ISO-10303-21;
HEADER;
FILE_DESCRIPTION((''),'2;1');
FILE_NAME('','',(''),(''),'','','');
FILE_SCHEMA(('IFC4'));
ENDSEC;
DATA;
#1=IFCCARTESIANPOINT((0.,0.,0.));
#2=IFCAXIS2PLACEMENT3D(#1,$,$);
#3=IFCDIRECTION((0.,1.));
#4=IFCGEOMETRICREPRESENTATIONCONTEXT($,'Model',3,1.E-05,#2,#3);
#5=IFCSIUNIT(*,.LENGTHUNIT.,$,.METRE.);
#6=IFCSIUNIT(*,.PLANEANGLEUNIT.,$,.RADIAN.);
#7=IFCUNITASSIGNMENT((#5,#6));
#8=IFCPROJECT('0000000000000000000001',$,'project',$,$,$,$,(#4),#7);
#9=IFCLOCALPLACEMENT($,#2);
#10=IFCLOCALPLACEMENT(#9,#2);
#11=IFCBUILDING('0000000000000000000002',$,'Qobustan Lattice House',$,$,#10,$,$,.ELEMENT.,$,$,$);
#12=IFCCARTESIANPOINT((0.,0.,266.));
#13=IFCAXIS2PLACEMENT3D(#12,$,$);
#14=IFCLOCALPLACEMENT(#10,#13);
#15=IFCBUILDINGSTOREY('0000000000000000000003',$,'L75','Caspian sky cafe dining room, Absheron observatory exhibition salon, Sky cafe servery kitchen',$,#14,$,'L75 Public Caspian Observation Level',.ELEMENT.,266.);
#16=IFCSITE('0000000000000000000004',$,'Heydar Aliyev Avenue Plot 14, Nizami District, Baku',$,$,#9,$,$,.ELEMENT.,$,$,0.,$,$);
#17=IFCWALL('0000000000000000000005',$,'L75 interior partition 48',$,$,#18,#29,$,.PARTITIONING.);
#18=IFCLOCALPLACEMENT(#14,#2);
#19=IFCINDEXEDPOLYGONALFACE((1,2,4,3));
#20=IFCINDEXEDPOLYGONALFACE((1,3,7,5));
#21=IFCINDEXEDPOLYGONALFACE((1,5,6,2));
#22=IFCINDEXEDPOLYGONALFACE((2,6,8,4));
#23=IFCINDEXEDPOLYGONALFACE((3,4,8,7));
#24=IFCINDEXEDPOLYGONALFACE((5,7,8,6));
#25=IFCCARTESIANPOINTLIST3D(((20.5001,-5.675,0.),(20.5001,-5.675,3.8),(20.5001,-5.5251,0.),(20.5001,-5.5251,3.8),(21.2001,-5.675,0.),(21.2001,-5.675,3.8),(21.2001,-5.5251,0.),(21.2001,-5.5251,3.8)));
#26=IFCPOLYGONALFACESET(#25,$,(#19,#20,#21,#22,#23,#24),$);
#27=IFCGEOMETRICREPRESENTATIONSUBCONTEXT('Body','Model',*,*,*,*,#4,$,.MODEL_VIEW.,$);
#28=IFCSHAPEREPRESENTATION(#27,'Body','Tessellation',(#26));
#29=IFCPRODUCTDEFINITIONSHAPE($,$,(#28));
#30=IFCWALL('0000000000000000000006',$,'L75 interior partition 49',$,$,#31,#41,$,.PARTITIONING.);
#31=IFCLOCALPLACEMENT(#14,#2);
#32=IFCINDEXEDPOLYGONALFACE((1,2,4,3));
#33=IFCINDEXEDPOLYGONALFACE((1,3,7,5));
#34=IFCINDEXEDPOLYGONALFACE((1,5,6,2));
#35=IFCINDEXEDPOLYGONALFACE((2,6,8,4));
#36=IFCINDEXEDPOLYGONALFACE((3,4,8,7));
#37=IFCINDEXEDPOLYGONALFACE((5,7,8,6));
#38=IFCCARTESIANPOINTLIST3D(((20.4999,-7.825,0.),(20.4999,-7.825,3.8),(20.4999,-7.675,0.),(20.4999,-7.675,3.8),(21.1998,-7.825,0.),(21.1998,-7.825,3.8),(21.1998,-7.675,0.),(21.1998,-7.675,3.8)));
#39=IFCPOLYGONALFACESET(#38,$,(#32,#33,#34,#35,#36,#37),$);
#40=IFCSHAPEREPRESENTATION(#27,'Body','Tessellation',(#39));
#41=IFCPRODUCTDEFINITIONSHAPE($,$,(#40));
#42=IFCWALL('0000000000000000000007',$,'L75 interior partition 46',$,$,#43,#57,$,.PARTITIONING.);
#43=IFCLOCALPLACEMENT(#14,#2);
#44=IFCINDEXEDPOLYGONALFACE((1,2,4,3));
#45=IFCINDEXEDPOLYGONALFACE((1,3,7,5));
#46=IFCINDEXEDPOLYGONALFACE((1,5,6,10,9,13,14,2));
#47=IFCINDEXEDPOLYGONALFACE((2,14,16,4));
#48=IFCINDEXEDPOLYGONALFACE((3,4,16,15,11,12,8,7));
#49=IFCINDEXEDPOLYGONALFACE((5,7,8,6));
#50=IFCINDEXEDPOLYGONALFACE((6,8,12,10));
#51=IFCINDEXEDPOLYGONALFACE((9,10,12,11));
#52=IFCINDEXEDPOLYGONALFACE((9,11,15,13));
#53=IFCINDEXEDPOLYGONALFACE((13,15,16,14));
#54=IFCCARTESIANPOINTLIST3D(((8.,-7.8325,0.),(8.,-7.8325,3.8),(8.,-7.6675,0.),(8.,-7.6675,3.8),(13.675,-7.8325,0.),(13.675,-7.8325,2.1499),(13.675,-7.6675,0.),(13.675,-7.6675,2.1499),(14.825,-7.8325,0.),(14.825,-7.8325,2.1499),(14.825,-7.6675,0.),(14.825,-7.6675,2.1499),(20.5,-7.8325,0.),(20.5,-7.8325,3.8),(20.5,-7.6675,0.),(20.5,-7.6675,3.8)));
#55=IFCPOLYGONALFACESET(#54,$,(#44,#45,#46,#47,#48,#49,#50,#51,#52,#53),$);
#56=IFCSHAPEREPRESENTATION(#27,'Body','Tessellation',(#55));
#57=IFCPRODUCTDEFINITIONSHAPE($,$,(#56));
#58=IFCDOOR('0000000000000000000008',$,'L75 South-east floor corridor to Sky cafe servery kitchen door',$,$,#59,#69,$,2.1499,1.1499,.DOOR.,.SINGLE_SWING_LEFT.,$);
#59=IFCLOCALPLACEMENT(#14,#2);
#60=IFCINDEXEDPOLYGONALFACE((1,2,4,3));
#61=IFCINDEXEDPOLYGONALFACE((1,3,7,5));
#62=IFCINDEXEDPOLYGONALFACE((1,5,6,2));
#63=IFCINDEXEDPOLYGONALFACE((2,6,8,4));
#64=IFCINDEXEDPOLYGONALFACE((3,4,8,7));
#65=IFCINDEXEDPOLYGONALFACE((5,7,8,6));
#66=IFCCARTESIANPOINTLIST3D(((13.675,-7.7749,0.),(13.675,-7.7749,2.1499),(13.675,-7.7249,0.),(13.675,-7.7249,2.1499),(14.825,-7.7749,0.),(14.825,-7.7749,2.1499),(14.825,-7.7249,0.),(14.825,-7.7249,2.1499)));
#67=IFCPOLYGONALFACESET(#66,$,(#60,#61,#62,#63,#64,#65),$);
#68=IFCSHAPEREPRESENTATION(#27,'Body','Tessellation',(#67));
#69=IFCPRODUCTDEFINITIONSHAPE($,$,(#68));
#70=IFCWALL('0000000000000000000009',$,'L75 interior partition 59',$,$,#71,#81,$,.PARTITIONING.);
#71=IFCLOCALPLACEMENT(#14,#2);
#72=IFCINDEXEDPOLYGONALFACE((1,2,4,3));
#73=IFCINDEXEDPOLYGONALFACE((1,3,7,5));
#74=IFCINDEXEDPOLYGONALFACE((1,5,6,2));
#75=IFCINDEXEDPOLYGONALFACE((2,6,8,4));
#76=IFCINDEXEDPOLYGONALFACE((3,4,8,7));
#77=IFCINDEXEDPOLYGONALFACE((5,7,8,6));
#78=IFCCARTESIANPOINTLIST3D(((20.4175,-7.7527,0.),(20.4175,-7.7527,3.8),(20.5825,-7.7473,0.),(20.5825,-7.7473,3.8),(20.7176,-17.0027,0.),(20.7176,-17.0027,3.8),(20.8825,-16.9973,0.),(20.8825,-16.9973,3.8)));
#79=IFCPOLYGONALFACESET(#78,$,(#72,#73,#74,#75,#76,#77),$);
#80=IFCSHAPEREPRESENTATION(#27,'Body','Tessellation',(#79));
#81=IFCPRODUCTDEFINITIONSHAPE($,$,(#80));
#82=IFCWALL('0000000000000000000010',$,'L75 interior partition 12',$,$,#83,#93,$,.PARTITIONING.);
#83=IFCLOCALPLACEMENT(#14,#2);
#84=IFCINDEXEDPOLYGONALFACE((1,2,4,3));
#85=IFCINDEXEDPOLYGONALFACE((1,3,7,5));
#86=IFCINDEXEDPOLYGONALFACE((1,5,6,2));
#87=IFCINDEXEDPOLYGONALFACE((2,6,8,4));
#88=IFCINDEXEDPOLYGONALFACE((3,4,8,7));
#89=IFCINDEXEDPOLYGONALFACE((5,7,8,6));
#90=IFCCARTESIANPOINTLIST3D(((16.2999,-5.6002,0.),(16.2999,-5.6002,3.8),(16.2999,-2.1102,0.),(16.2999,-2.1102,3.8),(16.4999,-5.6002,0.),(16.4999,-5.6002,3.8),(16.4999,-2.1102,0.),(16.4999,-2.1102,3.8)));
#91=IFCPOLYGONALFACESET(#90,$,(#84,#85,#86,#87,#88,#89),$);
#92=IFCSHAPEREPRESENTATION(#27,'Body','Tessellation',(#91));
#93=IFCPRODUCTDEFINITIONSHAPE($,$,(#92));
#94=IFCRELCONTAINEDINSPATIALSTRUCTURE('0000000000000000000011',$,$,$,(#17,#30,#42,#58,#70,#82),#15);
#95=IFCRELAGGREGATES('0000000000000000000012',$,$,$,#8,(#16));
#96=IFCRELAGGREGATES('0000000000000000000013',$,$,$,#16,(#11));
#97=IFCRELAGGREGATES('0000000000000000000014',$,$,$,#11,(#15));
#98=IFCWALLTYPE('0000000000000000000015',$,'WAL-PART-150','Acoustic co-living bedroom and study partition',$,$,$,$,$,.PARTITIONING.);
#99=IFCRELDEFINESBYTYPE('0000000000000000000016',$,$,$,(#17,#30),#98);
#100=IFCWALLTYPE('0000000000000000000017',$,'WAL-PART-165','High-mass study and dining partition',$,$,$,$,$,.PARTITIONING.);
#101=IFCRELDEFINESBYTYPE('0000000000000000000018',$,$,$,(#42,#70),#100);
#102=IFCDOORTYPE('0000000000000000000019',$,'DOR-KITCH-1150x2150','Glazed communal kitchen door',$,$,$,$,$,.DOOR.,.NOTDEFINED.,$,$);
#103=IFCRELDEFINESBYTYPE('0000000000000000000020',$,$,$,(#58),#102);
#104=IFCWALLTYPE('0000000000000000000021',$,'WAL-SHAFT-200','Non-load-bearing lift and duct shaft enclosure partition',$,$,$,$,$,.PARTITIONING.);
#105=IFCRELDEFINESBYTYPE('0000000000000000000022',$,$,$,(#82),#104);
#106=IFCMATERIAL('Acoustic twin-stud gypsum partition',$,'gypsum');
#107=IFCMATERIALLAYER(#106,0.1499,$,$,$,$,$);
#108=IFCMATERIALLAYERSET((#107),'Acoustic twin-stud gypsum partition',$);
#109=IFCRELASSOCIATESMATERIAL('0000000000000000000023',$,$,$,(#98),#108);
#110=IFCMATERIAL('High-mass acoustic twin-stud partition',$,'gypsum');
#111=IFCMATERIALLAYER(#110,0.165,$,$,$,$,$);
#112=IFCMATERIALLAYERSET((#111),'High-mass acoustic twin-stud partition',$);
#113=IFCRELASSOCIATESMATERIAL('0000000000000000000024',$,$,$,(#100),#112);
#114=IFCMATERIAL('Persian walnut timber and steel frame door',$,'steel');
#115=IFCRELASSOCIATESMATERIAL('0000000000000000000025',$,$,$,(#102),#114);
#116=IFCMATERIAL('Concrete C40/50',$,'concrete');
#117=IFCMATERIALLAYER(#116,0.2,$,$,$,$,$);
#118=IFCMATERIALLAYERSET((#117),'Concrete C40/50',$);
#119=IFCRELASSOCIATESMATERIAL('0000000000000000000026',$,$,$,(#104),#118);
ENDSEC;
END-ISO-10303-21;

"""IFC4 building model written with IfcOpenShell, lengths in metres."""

from ifc_helpers import new_model, si_unit, direction, frame, frame_2d, origin, place, context, subcontext, project, spatial, rectangle, extrude, material, layer, layer_set, type_object, element, fill, save


model = new_model("IFC4")

# Units and contexts
model_context = context("Model", 3, precision=1e-05, world=origin(), true_north=direction((0.0, 1.0)))
body_context = subcontext(model_context, "Body", "Model", "MODEL_VIEW")
ifc_project = project(units=[si_unit("LENGTHUNIT", "METRE"), si_unit("PLANEANGLEUNIT", "RADIAN")], contexts=[model_context])

# Site, building, storey
site_placement = place(None, origin())
site = spatial("IfcSite", under=ifc_project, at=site_placement, Name="Heydar Aliyev Avenue Plot 14, Nizami District, Baku", CompositionType="ELEMENT", RefElevation=0.0)
building_placement = place(site_placement, origin())
building = spatial("IfcBuilding", under=site, at=building_placement, Name="Qobustan Lattice House", CompositionType="ELEMENT")
storey_placement = place(building_placement, frame((0.0, 0.0, 266.0)))
storey = spatial("IfcBuildingStorey", under=building, at=storey_placement, Name="L75", Description="Caspian sky cafe dining room, Absheron observatory exhibition salon, Sky cafe servery kitchen", LongName="L75 Public Caspian Observation Level", CompositionType="ELEMENT", Elevation=266.0)

# Walls
ifc_material_1 = material(Name="Acoustic twin-stud gypsum partition", Category="gypsum")
ifc_layer_1 = layer(ifc_material_1, 0.1499)
ifc_layer_set_1 = layer_set([ifc_layer_1], Name="Acoustic twin-stud gypsum partition")
wall_type_1 = type_object("IfcWallType", Name="WAL-PART-150", Description="Acoustic co-living bedroom and study partition", PredefinedType="PARTITIONING", material=ifc_layer_set_1)
for number, where, z_axis, x_axis, name in (
    (1, (20.5, -5.6001, 0.0), (0.0, 0.0, 1.0), (1.0, 0.0, 0.0), "L75 interior partition 48"),
    (2, (21.2, -7.75, 0.0), (0.0, 0.0, 1.0), (-1.0, 0.0, 0.0), "L75 interior partition 49"),
):
    element("IfcWall", number, at=place(storey_placement, frame(where, z_axis=z_axis, x_axis=x_axis)), inside=storey, type_object=wall_type_1, Name=name, PredefinedType="PARTITIONING", context=body_context, shape_type="SweptSolid", body=[
        extrude(rectangle(XDim=0.7, YDim=0.1499, at=frame_2d((0.3501, 0.0))), origin(), (0.0, 0.0, 1.0), 3.8),
    ])

# Wall, opening, door
ifc_material_2 = material(Name="High-mass acoustic twin-stud partition", Category="gypsum")
ifc_layer_2 = layer(ifc_material_2, 0.165)
ifc_layer_set_2 = layer_set([ifc_layer_2], Name="High-mass acoustic twin-stud partition")
wall_type_2 = type_object("IfcWallType", Name="WAL-PART-165", Description="High-mass study and dining partition", PredefinedType="PARTITIONING", material=ifc_layer_set_2)
wall_1_placement = place(storey_placement, frame((20.5, -7.75, 0.0), z_axis=(0.0, 0.0, 1.0), x_axis=(-1.0, 0.0, 0.0)))
wall_1 = element("IfcWall", 3, at=wall_1_placement, inside=storey, type_object=wall_type_2, Name="L75 interior partition 46", PredefinedType="PARTITIONING", context=body_context, shape_type="SweptSolid", body=[
    extrude(rectangle(XDim=12.5, YDim=0.165, at=frame_2d((6.25, 0.0))), origin(), (0.0, 0.0, 1.0), 3.8),
])
opening_placement = place(wall_1_placement, frame((5.675, 0.0, 0.0)))
opening = element("IfcOpeningElement", 4, at=opening_placement, cuts=wall_1, PredefinedType="OPENING", context=body_context, shape_type="SweptSolid", body=[
    extrude(rectangle(XDim=1.1499, YDim=2.1499, at=frame_2d((0.575, 1.075))), frame((0.0, 0.0925, 0.0), z_axis=(0.0, -1.0, 0.0), x_axis=(1.0, 0.0, 0.0)), (0.0, 0.0, 1.0), 0.1851),
])
ifc_material_3 = material(Name="Persian walnut timber and steel frame door", Category="steel")
door_type = type_object("IfcDoorType", Name="DOR-KITCH-1150x2150", Description="Glazed communal kitchen door", OperationType="NOTDEFINED", PredefinedType="DOOR", material=ifc_material_3)
door_placement = place(opening_placement, origin())
door = element("IfcDoor", 5, at=door_placement, inside=storey, type_object=door_type, Name="L75 South-east floor corridor to Sky cafe servery kitchen door", OperationType="SINGLE_SWING_LEFT", OverallHeight=2.1499, OverallWidth=1.1499, PredefinedType="DOOR", context=body_context, shape_type="SweptSolid", body=[
    extrude(rectangle(XDim=1.1499, YDim=2.1499, at=frame_2d((0.575, 1.075))), frame((0.0, 0.0249, 0.0), z_axis=(0.0, -1.0, 0.0), x_axis=(1.0, 0.0, 0.0)), (0.0, 0.0, 1.0), 0.05),
])
fill(opening, door)

# Walls
wall_2_placement = place(storey_placement, frame((20.5, -7.75, 0.0), z_axis=(0.0, 0.0, 1.0), x_axis=(0.032421, -0.999474, 0.0)))
element("IfcWall", 6, at=wall_2_placement, inside=storey, type_object=wall_type_2, Name="L75 interior partition 59", PredefinedType="PARTITIONING", context=body_context, shape_type="SweptSolid", body=[
    extrude(rectangle(XDim=9.2549, YDim=0.165, at=frame_2d((4.6274, 0.0))), origin(), (0.0, 0.0, 1.0), 3.8),
])
ifc_material_4 = material(Name="Concrete C40/50", Category="concrete")
ifc_layer_3 = layer(ifc_material_4, 0.2)
ifc_layer_set_3 = layer_set([ifc_layer_3], Name="Concrete C40/50")
wall_type_3 = type_object("IfcWallType", Name="WAL-SHAFT-200", Description="Non-load-bearing lift and duct shaft enclosure partition", PredefinedType="PARTITIONING", material=ifc_layer_set_3)
wall_3_placement = place(storey_placement, frame((16.3999, -2.1101, 0.0), z_axis=(0.0, 0.0, 1.0), x_axis=(0.0, -1.0, 0.0)))
element("IfcWall", 7, at=wall_3_placement, inside=storey, type_object=wall_type_3, Name="L75 interior partition 12", PredefinedType="PARTITIONING", context=body_context, shape_type="SweptSolid", body=[
    extrude(rectangle(XDim=3.49, YDim=0.2, at=frame_2d((1.7451, 0.0))), origin(), (0.0, 0.0, 1.0), 3.8),
])

save(model, "model.ifc")
